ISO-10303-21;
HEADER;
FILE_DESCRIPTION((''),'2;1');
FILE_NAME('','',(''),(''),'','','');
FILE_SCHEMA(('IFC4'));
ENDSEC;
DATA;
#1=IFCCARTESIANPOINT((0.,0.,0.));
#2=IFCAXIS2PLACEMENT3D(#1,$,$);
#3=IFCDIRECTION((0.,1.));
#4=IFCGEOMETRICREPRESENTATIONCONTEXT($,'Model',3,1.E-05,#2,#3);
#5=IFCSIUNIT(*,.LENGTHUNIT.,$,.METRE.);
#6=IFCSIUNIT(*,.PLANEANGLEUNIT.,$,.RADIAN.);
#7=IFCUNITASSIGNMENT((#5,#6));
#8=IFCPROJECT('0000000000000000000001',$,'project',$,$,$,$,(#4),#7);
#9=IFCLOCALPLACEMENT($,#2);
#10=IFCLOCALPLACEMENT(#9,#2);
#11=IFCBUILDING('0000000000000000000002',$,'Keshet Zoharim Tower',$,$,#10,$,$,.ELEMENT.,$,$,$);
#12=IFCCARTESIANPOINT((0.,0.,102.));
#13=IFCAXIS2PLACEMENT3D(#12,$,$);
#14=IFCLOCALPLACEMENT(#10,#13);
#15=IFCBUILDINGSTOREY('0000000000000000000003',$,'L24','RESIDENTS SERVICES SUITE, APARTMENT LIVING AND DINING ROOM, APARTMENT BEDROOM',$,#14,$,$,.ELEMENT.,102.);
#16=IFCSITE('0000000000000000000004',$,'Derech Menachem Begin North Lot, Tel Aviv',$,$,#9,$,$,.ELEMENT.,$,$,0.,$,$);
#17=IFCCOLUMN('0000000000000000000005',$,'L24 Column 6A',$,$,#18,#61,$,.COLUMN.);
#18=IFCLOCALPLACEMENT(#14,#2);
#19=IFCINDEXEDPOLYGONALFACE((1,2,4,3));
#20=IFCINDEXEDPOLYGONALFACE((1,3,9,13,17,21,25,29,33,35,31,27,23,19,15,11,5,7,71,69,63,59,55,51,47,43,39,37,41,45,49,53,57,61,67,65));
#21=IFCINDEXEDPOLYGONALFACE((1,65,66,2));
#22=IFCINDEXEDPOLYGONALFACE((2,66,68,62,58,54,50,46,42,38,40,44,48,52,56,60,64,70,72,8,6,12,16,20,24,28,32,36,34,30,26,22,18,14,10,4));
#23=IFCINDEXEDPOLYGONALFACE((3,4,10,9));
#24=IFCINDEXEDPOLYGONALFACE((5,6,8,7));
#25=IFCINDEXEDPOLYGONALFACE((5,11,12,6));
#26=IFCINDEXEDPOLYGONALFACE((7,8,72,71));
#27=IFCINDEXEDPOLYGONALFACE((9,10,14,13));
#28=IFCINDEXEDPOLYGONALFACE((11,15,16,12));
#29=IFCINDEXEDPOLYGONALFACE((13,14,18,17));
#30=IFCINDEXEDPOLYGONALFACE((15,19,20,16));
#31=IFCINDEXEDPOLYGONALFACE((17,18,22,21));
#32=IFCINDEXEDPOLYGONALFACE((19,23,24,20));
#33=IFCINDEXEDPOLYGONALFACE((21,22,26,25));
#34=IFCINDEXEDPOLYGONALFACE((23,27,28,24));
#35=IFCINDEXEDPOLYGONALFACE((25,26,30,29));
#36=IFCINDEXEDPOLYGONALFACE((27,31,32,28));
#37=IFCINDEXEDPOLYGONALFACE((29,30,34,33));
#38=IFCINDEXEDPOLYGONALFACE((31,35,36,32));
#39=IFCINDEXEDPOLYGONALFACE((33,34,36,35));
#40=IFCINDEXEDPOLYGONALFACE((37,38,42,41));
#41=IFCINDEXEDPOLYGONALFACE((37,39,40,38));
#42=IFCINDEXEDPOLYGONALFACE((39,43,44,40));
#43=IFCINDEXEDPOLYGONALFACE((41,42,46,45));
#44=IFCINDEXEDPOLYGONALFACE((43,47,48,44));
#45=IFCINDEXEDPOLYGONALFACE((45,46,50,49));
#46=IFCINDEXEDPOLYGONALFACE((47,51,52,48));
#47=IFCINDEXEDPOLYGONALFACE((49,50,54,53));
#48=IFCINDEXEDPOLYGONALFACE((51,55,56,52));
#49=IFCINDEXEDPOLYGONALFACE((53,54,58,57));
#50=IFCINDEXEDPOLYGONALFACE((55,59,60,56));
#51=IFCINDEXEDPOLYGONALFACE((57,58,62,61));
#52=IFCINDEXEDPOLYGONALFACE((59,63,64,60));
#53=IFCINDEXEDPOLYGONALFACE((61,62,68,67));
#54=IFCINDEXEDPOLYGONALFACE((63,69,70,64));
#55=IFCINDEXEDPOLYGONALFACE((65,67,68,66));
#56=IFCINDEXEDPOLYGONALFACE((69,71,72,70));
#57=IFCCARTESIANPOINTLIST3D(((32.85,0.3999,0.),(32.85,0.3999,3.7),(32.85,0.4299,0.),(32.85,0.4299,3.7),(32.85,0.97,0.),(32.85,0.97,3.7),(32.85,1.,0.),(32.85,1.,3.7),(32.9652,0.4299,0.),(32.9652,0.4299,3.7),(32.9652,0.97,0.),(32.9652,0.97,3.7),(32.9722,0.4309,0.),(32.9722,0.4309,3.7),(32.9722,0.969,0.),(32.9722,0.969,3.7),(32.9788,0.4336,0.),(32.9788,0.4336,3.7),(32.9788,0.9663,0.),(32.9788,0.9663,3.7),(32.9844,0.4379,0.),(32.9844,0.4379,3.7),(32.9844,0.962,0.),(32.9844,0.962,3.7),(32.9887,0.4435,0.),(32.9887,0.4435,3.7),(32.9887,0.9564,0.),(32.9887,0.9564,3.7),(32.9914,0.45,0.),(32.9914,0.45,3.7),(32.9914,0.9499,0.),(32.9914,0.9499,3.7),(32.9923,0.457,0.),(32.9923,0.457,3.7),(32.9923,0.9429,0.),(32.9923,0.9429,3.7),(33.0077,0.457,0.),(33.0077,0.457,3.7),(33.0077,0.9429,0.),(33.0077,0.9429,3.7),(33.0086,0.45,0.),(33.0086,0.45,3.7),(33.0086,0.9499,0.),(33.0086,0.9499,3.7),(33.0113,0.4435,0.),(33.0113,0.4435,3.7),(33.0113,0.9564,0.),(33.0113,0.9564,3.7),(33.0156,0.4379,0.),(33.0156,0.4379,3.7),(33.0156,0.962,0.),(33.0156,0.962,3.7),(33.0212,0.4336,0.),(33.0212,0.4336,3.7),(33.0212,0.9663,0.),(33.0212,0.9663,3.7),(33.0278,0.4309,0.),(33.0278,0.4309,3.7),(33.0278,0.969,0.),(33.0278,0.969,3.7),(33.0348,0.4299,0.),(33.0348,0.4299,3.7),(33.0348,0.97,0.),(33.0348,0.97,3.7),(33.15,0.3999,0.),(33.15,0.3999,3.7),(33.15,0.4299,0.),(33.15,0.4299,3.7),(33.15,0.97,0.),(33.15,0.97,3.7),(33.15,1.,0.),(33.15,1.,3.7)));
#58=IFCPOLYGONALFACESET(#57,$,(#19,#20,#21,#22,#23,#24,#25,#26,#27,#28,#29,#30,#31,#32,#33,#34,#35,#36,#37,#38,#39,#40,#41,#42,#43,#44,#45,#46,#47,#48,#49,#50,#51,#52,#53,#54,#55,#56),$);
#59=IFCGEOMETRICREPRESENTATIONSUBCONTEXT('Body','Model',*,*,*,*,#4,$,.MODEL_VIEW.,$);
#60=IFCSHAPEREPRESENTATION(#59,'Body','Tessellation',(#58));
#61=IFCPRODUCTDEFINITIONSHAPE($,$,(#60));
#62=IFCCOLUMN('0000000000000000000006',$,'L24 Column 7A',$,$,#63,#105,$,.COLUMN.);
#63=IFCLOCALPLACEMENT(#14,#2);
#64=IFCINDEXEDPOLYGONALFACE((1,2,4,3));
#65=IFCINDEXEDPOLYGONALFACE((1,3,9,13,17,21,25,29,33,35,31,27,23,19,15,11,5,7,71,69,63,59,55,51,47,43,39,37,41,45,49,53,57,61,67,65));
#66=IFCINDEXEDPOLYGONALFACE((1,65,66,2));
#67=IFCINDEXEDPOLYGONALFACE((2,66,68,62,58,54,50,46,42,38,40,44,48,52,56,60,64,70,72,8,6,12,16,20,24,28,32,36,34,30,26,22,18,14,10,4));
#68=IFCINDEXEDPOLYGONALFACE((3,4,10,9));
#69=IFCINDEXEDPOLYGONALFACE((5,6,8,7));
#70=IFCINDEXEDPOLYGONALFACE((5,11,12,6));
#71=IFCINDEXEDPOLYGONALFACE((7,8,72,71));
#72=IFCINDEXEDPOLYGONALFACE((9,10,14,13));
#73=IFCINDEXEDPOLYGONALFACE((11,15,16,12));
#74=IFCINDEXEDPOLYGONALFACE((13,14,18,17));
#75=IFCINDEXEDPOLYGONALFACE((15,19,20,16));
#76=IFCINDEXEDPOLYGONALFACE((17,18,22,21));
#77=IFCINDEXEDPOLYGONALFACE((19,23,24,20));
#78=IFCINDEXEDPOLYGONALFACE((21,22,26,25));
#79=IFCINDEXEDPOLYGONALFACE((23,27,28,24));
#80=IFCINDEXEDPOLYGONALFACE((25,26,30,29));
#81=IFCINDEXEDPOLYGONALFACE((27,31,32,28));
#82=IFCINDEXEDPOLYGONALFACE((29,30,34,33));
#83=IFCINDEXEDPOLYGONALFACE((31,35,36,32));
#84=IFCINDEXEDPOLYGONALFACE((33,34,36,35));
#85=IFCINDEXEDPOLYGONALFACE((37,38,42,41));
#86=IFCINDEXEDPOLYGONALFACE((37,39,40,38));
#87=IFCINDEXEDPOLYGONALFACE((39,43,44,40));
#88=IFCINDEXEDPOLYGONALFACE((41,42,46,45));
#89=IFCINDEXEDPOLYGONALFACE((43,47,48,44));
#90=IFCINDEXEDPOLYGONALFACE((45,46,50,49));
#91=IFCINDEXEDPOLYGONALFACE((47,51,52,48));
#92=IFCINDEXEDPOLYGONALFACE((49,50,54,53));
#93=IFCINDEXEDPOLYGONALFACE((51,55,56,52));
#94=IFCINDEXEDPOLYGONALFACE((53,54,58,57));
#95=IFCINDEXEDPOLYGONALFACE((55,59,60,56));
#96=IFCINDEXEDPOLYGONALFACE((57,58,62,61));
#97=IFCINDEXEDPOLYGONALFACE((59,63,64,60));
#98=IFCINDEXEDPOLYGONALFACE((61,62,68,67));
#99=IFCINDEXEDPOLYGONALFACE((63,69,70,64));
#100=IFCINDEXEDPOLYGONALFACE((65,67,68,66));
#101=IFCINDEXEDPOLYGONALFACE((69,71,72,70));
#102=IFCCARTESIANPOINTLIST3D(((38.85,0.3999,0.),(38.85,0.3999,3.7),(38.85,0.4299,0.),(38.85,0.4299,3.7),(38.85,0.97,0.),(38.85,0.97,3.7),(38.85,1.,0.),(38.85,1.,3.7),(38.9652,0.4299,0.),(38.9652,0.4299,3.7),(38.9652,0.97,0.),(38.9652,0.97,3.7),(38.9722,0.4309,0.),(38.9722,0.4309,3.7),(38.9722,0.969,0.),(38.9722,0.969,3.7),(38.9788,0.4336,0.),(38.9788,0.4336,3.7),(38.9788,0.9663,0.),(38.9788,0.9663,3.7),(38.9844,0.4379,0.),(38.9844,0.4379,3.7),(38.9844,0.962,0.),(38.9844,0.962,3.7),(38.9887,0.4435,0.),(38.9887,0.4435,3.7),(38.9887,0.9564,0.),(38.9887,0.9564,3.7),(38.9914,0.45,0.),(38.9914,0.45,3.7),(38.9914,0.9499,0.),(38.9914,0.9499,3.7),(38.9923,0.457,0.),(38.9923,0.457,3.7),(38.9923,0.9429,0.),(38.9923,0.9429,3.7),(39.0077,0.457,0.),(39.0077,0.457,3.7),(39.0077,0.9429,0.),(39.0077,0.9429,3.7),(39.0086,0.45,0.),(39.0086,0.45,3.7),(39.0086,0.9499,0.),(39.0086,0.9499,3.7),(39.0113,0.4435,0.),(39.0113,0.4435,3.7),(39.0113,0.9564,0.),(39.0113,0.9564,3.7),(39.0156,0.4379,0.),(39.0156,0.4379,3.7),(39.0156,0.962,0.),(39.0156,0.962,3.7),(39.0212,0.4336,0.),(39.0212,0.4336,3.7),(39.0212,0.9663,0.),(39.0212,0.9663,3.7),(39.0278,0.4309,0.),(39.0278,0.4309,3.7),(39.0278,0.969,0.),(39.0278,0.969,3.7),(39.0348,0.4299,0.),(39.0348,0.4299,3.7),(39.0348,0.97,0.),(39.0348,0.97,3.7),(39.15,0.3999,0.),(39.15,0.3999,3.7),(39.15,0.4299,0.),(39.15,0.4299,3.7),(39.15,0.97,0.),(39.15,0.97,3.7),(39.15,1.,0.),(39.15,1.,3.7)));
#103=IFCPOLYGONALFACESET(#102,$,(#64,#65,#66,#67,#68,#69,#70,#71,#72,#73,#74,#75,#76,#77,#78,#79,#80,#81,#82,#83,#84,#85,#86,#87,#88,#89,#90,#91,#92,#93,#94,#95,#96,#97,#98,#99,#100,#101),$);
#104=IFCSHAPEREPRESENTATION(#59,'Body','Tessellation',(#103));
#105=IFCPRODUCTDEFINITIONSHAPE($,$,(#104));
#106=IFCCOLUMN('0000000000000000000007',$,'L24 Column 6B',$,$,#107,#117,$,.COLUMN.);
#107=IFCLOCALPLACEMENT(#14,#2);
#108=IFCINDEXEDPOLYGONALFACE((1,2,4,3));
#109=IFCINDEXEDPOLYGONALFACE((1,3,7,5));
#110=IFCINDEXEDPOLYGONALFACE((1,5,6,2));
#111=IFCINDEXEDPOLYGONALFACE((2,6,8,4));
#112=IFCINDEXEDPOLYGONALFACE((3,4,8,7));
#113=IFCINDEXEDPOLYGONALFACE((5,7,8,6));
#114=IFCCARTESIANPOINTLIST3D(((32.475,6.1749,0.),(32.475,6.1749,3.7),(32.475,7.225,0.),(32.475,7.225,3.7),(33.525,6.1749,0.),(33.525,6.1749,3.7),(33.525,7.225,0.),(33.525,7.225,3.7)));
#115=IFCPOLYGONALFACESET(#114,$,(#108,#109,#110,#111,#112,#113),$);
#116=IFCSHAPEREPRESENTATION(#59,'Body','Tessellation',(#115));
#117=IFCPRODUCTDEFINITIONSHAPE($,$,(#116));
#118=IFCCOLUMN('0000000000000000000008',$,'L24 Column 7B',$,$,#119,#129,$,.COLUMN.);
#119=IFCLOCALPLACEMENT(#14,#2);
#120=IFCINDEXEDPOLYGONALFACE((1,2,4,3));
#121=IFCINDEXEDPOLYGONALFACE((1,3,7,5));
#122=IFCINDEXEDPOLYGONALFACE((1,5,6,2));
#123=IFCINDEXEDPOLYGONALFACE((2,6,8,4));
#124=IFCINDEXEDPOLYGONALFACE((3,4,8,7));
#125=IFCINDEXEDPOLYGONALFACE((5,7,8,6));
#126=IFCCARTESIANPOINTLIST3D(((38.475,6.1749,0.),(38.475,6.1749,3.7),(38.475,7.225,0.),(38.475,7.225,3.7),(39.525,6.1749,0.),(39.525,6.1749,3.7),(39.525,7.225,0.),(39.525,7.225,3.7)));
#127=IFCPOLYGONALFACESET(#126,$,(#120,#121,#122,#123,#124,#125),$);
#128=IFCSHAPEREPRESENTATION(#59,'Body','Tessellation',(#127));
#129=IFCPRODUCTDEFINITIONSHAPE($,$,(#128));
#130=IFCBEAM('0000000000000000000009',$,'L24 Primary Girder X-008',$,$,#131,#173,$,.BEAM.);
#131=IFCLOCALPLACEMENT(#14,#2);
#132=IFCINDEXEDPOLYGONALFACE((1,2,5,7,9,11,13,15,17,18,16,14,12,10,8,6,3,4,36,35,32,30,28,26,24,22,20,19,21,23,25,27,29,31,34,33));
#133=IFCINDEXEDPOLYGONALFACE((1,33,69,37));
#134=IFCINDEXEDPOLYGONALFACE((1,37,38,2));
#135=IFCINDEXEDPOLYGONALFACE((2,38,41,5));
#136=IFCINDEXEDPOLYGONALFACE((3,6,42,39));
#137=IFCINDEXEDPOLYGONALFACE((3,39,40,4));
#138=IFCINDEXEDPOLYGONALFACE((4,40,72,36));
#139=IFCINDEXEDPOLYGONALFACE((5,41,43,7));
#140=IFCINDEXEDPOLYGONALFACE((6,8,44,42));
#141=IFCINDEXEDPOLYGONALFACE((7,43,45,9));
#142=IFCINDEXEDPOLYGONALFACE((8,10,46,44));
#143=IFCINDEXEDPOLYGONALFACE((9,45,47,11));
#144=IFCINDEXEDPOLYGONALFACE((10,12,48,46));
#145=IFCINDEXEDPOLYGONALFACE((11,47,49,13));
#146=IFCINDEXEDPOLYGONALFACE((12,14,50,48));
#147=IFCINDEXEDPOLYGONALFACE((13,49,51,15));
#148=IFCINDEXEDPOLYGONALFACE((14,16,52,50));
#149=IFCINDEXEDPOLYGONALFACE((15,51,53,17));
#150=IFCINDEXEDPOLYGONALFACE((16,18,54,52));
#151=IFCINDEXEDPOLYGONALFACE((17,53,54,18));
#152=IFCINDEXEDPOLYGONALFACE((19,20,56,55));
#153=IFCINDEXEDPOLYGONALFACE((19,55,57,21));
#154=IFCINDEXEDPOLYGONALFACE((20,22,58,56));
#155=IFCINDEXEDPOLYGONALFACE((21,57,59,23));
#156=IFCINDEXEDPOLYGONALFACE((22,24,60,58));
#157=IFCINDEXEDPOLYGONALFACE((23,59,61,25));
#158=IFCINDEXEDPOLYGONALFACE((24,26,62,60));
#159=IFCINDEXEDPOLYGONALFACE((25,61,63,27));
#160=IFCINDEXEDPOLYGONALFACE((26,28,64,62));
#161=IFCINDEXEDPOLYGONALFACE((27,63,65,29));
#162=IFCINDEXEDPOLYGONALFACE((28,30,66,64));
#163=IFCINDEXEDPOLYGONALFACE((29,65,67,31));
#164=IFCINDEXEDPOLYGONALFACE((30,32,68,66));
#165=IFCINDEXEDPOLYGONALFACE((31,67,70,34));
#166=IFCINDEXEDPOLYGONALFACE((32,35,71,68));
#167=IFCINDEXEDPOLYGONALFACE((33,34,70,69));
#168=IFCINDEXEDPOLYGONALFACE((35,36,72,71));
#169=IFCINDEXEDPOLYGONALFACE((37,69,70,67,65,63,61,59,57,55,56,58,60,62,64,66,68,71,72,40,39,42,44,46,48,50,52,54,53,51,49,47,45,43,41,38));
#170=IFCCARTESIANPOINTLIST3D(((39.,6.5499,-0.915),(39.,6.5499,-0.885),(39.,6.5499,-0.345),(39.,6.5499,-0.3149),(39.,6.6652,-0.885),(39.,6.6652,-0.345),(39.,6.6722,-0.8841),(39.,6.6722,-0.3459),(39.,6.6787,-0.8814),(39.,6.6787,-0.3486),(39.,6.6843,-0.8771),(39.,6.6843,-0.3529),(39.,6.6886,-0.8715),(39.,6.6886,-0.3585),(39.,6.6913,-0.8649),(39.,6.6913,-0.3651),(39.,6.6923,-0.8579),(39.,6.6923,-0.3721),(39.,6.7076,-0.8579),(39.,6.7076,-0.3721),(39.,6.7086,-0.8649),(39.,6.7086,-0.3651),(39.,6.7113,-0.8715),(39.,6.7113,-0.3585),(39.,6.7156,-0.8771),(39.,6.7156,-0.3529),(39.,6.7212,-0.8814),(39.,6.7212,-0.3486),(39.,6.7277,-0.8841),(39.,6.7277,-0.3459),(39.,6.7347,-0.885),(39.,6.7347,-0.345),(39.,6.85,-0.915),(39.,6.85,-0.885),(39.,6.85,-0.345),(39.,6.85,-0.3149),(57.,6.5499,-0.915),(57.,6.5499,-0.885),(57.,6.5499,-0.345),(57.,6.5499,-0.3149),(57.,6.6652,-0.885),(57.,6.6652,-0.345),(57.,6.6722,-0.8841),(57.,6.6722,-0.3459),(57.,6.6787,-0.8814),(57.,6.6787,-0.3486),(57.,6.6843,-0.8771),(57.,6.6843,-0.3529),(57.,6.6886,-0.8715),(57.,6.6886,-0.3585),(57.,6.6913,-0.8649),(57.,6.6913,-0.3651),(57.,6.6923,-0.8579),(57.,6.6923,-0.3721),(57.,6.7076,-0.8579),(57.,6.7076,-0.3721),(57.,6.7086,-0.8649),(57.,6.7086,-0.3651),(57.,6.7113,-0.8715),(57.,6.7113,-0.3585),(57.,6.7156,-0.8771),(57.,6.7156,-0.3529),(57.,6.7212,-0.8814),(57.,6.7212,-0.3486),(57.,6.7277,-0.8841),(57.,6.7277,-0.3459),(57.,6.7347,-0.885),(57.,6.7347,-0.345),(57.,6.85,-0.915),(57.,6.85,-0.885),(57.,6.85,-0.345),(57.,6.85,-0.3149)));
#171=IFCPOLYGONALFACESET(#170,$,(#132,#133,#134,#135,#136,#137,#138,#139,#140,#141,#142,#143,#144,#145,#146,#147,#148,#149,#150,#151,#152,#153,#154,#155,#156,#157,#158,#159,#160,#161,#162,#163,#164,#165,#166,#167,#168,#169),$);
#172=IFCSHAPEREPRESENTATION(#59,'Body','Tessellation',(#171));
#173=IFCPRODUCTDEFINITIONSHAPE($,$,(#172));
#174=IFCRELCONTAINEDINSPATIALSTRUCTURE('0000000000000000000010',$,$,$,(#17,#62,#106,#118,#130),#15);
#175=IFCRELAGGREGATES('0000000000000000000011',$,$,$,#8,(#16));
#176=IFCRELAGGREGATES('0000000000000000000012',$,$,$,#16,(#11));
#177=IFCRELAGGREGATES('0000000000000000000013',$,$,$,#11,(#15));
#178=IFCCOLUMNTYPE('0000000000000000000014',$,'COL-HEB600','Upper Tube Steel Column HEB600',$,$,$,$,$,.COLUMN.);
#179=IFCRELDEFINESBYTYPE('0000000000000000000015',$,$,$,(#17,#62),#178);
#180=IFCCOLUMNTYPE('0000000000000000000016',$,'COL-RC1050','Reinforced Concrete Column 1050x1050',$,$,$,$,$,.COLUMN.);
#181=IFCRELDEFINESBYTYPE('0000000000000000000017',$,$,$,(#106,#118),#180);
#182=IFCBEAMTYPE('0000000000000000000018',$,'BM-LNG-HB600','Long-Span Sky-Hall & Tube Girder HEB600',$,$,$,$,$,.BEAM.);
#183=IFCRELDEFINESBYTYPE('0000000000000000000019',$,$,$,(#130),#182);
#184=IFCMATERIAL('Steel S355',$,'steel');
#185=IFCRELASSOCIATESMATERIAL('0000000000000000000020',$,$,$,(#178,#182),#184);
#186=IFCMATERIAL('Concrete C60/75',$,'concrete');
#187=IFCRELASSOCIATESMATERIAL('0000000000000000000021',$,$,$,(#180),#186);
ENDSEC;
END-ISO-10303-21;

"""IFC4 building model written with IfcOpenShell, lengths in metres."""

from ifc_helpers import new_model, si_unit, direction, frame, origin, origin_2d, place, context, subcontext, project, spatial, rectangle, i_section, extrude, material, material_profile, profile_set, type_object, element, save


model = new_model("IFC4")

# Units and contexts
model_context = context("Model", 3, precision=1e-05, world=origin(), true_north=direction((0.0, 1.0)))
body_context = subcontext(model_context, "Body", "Model", "MODEL_VIEW")
ifc_project = project(units=[si_unit("LENGTHUNIT", "METRE"), si_unit("PLANEANGLEUNIT", "RADIAN")], contexts=[model_context])

# Site, building, storey
site_placement = place(None, origin())
site = spatial("IfcSite", under=ifc_project, at=site_placement, Name="Derech Menachem Begin North Lot, Tel Aviv", CompositionType="ELEMENT", RefElevation=0.0)
building_placement = place(site_placement, origin())
building = spatial("IfcBuilding", under=site, at=building_placement, Name="Keshet Zoharim Tower", CompositionType="ELEMENT")
storey_placement = place(building_placement, frame((0.0, 0.0, 102.0)))
storey = spatial("IfcBuildingStorey", under=building, at=storey_placement, Name="L24", Description="RESIDENTS SERVICES SUITE, APARTMENT LIVING AND DINING ROOM, APARTMENT BEDROOM", CompositionType="ELEMENT", Elevation=102.0)

# Columns
ifc_material_1 = material(Name="Steel S355", Category="steel")
ifc_material_profile_1 = material_profile(ifc_material_1, i_section(OverallWidth=0.3, OverallDepth=0.6001, WebThickness=0.0154, FlangeThickness=0.03, FilletRadius=0.0271, at=origin_2d()), Name="HEB600")
ifc_profile_set_1 = profile_set([ifc_material_profile_1], Name="Steel S355")
column_type_1 = type_object("IfcColumnType", Name="COL-HEB600", Description="Upper Tube Steel Column HEB600", PredefinedType="COLUMN", material=ifc_profile_set_1)
for number, where, z_axis, x_axis, name in (
    (1, (33.0, 0.7, 0.0), (0.0, 0.0, 1.0), (1.0, 0.0, 0.0), "L24 Column 6A"),
    (2, (39.0, 0.7, 0.0), (0.0, 0.0, 1.0), (1.0, 0.0, 0.0), "L24 Column 7A"),
):
    element("IfcColumn", number, at=place(storey_placement, frame(where, z_axis=z_axis, x_axis=x_axis)), inside=storey, type_object=column_type_1, Name=name, PredefinedType="COLUMN", context=body_context, shape_type="SweptSolid", body=[
        extrude(i_section(OverallWidth=0.3, OverallDepth=0.6001, WebThickness=0.0154, FlangeThickness=0.03, FilletRadius=0.0271, at=origin_2d()), origin(), (0.0, 0.0, 1.0), 3.7),
    ])
ifc_material_2 = material(Name="Concrete C60/75", Category="concrete")
ifc_material_profile_2 = material_profile(ifc_material_2, rectangle(XDim=1.05, YDim=1.05, at=origin_2d()), Name="RC1050x1050")
ifc_profile_set_2 = profile_set([ifc_material_profile_2], Name="Concrete C60/75")
column_type_2 = type_object("IfcColumnType", Name="COL-RC1050", Description="Reinforced Concrete Column 1050x1050", PredefinedType="COLUMN", material=ifc_profile_set_2)
for number, where, z_axis, x_axis, name in (
    (3, (33.0, 6.7, 0.0), (0.0, 0.0, 1.0), (1.0, 0.0, 0.0), "L24 Column 6B"),
    (4, (39.0, 6.7, 0.0), (0.0, 0.0, 1.0), (1.0, 0.0, 0.0), "L24 Column 7B"),
):
    element("IfcColumn", number, at=place(storey_placement, frame(where, z_axis=z_axis, x_axis=x_axis)), inside=storey, type_object=column_type_2, Name=name, PredefinedType="COLUMN", context=body_context, shape_type="SweptSolid", body=[
        extrude(rectangle(XDim=1.05, YDim=1.05, at=origin_2d()), origin(), (0.0, 0.0, 1.0), 3.7),
    ])

# Beam
ifc_material_profile_3 = material_profile(ifc_material_1, i_section(OverallWidth=0.3, OverallDepth=0.6001, WebThickness=0.0154, FlangeThickness=0.03, FilletRadius=0.0271, at=origin_2d()), Name="HEB600")
ifc_profile_set_3 = profile_set([ifc_material_profile_3], Name="Steel S355")
beam_type_1 = type_object("IfcBeamType", Name="BM-LNG-HB600", Description="Long-Span Sky-Hall & Tube Girder HEB600", PredefinedType="BEAM", material=ifc_profile_set_3)
beam_placement = place(storey_placement, frame((39.0, 6.7, -0.615), z_axis=(1.0, 0.0, 0.0), x_axis=(0.0, 1.0, 0.0)))
element("IfcBeam", 5, at=beam_placement, inside=storey, type_object=beam_type_1, Name="L24 Primary Girder X-008", PredefinedType="BEAM", context=body_context, shape_type="SweptSolid", body=[
    extrude(i_section(OverallWidth=0.3, OverallDepth=0.6001, WebThickness=0.0154, FlangeThickness=0.03, FilletRadius=0.0271, at=origin_2d()), origin(), (0.0, 0.0, 1.0), 18.0),
])

save(model, "model.ifc")
